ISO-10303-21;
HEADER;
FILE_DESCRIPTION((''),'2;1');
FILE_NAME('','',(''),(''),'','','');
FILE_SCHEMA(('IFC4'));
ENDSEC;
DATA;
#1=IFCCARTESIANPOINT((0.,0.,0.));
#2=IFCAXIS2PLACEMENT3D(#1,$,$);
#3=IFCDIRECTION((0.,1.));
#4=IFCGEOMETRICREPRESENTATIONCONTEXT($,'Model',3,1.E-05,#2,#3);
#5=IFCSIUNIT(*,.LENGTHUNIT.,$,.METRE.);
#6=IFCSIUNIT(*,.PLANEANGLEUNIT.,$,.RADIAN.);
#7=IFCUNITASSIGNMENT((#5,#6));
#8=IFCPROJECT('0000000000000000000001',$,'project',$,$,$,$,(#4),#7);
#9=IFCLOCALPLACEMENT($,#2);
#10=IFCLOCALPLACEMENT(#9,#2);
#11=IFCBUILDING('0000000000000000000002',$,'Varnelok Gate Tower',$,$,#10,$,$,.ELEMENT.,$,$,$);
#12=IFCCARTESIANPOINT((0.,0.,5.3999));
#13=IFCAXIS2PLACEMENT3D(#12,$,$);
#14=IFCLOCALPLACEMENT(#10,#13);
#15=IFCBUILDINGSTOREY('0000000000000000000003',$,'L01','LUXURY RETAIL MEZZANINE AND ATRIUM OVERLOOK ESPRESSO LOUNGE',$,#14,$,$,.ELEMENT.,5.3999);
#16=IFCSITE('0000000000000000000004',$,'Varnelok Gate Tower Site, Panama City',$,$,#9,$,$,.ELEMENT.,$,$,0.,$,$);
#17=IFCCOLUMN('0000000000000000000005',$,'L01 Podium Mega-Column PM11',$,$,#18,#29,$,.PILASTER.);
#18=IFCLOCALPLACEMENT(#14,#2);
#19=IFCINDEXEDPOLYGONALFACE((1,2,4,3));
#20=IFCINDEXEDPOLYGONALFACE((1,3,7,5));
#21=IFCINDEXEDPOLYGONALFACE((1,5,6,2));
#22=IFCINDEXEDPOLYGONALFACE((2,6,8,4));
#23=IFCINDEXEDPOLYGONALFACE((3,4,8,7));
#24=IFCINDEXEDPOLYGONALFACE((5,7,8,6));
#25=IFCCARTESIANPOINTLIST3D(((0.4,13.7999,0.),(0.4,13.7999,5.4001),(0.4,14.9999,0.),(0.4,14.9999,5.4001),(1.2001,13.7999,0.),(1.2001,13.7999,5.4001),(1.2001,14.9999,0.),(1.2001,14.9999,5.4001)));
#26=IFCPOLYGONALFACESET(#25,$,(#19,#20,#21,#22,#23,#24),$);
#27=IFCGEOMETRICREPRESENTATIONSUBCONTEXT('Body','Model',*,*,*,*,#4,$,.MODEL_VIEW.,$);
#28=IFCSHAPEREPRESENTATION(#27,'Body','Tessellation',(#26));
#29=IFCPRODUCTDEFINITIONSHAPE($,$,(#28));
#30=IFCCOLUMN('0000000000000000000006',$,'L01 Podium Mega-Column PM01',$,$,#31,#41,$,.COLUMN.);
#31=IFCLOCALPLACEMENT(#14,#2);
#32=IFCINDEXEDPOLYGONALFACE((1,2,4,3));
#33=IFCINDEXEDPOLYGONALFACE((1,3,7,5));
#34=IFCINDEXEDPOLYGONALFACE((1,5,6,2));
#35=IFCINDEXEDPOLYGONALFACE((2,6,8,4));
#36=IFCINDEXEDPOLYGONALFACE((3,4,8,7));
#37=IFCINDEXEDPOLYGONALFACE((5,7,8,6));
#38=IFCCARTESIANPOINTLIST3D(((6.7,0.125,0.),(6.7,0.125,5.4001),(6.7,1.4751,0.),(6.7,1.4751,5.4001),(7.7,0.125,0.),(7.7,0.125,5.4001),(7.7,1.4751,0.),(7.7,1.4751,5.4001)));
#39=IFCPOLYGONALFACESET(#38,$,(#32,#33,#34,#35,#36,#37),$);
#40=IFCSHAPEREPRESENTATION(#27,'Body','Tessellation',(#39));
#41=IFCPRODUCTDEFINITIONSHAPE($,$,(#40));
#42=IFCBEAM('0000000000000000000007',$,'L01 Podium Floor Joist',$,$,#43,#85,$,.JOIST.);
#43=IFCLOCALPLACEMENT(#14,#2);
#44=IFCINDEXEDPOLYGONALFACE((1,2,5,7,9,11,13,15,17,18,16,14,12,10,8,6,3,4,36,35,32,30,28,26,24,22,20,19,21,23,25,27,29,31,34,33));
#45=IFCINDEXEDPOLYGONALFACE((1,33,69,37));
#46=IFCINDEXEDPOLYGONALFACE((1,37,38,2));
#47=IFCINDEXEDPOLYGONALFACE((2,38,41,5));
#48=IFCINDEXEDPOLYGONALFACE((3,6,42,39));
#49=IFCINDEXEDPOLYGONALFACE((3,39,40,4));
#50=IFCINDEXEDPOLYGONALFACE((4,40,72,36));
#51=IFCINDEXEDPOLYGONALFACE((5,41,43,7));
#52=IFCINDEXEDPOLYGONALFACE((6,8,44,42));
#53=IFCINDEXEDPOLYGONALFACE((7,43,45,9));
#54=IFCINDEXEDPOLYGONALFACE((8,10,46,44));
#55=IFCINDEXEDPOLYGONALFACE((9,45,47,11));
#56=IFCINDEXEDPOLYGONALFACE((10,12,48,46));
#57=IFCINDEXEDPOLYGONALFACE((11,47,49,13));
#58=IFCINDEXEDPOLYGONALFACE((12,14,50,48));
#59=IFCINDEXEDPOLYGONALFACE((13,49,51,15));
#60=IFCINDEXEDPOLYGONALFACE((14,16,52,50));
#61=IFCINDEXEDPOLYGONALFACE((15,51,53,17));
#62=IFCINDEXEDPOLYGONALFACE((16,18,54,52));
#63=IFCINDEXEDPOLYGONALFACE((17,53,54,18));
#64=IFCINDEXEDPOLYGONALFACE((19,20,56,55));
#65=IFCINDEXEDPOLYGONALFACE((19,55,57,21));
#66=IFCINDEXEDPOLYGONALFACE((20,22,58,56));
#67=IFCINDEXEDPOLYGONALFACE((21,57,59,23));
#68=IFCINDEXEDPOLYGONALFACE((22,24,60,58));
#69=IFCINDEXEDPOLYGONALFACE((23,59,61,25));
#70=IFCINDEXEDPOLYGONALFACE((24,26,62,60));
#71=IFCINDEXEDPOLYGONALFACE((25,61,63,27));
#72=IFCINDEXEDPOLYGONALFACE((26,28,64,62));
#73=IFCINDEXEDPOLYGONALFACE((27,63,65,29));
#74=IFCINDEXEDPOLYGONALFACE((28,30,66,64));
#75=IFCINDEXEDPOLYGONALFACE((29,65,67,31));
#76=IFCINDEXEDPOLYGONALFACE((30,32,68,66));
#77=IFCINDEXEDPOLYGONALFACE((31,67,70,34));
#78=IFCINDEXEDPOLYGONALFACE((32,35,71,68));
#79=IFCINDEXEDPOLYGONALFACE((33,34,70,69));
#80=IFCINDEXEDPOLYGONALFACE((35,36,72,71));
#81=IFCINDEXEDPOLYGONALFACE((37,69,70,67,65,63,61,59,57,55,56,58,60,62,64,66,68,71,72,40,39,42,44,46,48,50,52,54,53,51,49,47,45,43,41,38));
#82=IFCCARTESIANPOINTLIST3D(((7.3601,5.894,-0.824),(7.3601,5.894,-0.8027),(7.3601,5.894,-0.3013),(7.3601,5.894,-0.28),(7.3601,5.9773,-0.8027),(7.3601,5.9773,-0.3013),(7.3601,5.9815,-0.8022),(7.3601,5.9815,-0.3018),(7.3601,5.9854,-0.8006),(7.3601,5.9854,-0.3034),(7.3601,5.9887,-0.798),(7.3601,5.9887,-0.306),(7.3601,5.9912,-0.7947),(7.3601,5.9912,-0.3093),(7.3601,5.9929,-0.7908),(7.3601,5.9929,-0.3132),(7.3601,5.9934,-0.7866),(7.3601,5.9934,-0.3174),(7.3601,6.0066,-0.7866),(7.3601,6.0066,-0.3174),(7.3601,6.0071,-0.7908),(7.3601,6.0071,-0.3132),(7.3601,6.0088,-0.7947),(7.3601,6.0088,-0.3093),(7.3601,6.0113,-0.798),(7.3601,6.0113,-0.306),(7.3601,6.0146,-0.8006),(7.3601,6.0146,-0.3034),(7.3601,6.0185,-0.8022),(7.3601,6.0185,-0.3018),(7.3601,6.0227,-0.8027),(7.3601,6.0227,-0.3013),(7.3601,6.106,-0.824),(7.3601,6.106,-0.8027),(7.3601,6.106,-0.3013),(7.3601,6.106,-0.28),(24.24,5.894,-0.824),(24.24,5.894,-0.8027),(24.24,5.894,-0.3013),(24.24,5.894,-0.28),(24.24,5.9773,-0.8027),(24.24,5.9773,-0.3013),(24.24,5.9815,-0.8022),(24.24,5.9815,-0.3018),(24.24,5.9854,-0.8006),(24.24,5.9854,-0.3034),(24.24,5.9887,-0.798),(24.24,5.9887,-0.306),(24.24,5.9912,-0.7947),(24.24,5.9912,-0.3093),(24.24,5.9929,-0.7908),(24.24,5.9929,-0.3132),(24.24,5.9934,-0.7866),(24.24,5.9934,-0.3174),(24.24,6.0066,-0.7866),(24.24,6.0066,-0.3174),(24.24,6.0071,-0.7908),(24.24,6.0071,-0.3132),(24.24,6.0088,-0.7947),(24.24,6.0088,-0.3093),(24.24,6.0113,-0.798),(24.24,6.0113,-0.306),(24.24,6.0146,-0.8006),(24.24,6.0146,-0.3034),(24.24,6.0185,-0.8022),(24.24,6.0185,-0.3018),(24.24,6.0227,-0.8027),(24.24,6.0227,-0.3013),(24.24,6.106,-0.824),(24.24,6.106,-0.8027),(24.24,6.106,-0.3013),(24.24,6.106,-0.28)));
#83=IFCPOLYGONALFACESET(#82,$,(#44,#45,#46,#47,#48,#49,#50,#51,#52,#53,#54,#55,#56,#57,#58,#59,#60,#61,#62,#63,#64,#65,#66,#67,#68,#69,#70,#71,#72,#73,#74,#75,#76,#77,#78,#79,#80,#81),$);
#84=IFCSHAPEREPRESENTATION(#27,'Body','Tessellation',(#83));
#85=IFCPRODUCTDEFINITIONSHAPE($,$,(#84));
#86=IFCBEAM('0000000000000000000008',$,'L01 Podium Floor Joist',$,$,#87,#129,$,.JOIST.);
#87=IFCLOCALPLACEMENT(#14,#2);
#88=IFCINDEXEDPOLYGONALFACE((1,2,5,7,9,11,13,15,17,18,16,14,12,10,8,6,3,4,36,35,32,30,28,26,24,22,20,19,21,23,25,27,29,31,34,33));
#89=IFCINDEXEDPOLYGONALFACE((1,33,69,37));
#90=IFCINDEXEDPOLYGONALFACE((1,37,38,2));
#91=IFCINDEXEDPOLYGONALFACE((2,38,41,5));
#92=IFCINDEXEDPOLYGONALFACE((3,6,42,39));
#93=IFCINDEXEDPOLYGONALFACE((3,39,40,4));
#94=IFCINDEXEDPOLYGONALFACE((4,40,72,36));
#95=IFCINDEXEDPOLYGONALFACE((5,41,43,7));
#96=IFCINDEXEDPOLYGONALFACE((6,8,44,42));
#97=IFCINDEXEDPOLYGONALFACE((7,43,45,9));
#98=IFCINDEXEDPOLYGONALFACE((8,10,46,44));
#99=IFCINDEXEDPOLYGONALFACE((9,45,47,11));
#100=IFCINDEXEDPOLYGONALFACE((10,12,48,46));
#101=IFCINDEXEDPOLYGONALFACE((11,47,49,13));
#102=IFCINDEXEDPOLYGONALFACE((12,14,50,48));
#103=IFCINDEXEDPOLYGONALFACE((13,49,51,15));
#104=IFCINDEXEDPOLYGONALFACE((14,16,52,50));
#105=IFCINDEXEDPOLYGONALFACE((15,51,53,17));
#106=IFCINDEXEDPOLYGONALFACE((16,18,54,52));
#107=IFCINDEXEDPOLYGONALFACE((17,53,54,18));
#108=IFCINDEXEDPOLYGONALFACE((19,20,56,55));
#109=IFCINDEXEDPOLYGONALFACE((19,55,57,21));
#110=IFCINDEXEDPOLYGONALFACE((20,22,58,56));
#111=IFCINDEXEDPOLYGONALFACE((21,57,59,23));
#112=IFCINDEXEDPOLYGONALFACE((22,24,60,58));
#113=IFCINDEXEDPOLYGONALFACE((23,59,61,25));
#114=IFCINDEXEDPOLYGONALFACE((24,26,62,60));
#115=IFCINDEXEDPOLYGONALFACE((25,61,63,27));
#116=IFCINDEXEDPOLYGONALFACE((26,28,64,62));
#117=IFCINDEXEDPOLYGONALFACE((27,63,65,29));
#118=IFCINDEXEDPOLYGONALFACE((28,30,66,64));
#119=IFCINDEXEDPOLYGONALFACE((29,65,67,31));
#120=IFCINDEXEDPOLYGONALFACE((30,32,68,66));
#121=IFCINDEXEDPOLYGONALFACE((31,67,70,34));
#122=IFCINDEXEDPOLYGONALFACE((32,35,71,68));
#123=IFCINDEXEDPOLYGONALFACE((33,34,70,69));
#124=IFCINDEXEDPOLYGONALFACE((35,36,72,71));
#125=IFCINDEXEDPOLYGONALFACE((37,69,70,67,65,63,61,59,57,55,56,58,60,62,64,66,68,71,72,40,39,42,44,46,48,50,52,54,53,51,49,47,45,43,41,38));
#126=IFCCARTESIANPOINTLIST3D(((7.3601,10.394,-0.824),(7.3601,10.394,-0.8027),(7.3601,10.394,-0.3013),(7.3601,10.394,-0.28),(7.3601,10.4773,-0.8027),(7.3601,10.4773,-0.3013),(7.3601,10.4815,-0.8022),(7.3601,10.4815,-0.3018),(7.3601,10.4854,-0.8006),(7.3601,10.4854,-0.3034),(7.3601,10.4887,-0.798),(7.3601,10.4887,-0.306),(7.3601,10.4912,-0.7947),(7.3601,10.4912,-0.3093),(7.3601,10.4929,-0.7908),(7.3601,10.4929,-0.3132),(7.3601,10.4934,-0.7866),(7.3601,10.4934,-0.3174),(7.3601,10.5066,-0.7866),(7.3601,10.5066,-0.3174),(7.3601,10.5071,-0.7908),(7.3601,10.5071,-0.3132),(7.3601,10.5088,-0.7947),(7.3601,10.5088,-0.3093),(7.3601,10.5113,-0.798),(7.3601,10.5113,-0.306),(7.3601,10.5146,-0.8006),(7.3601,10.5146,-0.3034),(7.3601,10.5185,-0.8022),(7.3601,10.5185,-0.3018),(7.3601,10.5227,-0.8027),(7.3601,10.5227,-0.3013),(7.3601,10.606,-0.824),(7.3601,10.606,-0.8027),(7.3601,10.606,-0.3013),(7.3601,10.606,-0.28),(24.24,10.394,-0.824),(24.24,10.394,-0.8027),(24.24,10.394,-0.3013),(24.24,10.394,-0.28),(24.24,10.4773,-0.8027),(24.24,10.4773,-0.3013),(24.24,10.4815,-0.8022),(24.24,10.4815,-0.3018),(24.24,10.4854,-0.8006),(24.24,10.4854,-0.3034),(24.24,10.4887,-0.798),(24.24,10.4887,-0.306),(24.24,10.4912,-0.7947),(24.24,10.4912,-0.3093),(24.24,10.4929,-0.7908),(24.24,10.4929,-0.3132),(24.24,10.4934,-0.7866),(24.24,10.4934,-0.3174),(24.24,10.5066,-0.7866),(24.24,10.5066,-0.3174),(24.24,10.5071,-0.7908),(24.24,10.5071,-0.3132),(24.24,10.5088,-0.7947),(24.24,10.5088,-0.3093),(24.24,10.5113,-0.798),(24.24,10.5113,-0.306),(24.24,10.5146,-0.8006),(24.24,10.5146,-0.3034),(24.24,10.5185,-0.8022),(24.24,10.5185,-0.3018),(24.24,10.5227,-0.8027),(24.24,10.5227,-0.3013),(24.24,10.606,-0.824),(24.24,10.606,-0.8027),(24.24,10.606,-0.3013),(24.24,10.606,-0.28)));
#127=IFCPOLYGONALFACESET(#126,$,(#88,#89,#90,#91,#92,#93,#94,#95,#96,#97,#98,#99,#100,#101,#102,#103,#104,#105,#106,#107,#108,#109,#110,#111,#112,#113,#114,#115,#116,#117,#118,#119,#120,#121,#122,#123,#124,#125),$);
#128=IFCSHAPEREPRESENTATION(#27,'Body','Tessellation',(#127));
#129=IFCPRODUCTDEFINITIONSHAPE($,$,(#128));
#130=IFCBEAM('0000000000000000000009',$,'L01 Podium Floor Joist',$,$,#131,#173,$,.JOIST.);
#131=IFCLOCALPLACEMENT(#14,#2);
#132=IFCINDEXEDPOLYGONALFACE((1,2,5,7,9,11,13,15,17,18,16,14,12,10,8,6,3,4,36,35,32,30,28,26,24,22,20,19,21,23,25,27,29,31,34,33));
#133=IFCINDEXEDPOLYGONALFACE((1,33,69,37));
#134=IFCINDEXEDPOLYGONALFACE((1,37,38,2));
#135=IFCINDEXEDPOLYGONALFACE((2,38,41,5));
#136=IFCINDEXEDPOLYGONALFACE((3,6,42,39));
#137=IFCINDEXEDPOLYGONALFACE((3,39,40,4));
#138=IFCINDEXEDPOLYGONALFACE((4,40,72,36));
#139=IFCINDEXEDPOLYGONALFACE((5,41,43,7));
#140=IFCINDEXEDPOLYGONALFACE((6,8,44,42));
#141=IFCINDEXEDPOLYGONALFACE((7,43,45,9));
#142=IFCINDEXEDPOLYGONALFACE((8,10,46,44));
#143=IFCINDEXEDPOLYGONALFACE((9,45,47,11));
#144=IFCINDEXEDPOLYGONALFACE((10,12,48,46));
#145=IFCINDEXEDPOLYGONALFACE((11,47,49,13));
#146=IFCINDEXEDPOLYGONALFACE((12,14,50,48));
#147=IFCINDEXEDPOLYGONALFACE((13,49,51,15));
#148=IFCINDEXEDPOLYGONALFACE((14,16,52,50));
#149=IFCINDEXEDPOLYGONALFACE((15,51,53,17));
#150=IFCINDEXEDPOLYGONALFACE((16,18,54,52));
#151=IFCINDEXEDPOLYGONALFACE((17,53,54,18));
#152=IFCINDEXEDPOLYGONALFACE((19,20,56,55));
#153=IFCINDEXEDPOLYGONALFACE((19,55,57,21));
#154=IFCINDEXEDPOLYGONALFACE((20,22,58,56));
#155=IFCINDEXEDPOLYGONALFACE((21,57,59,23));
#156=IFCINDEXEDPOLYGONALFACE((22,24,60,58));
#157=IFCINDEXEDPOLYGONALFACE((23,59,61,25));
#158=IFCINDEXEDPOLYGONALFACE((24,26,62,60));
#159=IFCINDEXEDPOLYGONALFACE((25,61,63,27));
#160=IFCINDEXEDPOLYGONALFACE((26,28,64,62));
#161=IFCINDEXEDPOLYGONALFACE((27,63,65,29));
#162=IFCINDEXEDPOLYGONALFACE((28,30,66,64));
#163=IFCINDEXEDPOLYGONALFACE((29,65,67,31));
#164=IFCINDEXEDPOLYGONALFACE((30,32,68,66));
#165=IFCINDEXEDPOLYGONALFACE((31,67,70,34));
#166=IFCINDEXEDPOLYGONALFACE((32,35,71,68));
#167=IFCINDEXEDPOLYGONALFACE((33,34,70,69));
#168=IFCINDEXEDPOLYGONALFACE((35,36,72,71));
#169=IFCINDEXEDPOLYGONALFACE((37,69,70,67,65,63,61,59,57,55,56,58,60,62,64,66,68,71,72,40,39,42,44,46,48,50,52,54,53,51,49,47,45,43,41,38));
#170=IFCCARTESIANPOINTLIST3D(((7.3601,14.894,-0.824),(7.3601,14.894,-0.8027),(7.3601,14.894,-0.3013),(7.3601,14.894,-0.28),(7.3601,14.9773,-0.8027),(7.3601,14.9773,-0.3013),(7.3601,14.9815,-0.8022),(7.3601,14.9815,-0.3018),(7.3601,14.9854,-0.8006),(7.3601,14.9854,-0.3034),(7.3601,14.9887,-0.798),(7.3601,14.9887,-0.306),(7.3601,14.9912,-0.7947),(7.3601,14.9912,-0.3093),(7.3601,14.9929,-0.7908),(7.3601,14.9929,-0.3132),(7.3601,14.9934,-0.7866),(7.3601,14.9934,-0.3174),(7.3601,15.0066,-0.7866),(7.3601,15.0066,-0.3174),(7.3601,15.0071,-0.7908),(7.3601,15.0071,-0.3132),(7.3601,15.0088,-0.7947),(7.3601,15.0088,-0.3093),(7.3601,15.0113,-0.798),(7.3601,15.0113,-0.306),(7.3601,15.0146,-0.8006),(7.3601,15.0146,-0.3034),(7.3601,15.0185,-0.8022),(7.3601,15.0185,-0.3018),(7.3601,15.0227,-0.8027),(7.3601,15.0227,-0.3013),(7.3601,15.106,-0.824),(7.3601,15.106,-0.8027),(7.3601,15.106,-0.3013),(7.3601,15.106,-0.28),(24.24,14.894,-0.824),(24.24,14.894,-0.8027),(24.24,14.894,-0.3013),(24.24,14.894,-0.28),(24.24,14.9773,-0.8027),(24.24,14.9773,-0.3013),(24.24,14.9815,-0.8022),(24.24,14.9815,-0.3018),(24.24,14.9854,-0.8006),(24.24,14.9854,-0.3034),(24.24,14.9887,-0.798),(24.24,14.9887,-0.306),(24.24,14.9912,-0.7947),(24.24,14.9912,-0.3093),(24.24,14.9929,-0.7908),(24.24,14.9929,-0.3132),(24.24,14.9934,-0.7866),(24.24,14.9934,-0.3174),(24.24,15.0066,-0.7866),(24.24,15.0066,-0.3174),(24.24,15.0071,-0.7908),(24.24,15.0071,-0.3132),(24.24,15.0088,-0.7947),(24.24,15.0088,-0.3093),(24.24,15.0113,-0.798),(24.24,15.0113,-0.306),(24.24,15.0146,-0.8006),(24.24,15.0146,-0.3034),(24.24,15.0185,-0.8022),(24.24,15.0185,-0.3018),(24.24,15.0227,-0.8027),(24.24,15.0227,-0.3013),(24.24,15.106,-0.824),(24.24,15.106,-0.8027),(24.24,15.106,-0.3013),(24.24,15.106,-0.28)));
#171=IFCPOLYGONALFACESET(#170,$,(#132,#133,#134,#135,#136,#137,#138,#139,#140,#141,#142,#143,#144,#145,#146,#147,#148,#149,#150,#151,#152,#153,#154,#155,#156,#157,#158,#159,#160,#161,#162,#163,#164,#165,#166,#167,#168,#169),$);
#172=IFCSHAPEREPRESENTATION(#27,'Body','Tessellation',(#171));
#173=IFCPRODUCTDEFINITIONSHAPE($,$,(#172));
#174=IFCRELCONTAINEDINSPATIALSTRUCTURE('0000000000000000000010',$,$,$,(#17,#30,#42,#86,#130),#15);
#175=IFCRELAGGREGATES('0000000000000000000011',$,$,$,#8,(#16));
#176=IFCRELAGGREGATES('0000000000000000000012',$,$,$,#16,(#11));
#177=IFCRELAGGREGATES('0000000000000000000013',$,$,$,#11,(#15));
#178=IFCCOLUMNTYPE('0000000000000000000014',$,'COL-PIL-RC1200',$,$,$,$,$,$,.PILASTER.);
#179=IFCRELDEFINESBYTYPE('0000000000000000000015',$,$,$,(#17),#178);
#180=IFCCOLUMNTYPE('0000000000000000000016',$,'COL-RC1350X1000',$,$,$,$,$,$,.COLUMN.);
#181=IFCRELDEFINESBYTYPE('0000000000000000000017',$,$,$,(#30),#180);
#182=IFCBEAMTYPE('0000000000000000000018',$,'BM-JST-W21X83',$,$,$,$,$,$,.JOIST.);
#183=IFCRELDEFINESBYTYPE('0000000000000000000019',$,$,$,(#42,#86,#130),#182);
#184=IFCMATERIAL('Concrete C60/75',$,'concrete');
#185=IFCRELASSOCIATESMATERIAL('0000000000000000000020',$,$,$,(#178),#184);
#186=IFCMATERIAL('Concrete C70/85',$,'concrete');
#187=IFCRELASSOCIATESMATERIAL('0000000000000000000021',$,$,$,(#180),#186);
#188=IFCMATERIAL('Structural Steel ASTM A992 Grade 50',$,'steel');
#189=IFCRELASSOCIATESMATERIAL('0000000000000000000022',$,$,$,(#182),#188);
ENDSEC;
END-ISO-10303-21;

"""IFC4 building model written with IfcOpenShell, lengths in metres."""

from ifc_helpers import new_model, si_unit, direction, frame, origin, origin_2d, place, context, subcontext, project, spatial, rectangle, i_section, extrude, material, material_profile, profile_set, type_object, element, save


model = new_model("IFC4")

# Units and contexts
model_context = context("Model", 3, precision=1e-05, world=origin(), true_north=direction((0.0, 1.0)))
body_context = subcontext(model_context, "Body", "Model", "MODEL_VIEW")
ifc_project = project(units=[si_unit("LENGTHUNIT", "METRE"), si_unit("PLANEANGLEUNIT", "RADIAN")], contexts=[model_context])

# Site, building, storey
site_placement = place(None, origin())
site = spatial("IfcSite", under=ifc_project, at=site_placement, Name="Varnelok Gate Tower Site, Panama City", CompositionType="ELEMENT", RefElevation=0.0)
building_placement = place(site_placement, origin())
building = spatial("IfcBuilding", under=site, at=building_placement, Name="Varnelok Gate Tower", CompositionType="ELEMENT")
storey_placement = place(building_placement, frame((0.0, 0.0, 5.3999)))
storey = spatial("IfcBuildingStorey", under=building, at=storey_placement, Name="L01", Description="LUXURY RETAIL MEZZANINE AND ATRIUM OVERLOOK ESPRESSO LOUNGE", CompositionType="ELEMENT", Elevation=5.3999)

# Columns
ifc_material_1 = material(Name="Concrete C60/75", Category="concrete")
ifc_material_profile_1 = material_profile(ifc_material_1, rectangle(XDim=0.8, YDim=1.2, at=origin_2d()), Name="RC1200X800")
ifc_profile_set_1 = profile_set([ifc_material_profile_1], Name="Concrete C60/75")
column_type_1 = type_object("IfcColumnType", Name="COL-PIL-RC1200", PredefinedType="PILASTER", material=ifc_profile_set_1)
column_1_placement = place(storey_placement, frame((0.8, 14.3999, 0.0), z_axis=(0.0, 0.0, 1.0), x_axis=(1.0, 0.0, 0.0)))
element("IfcColumn", 1, at=column_1_placement, inside=storey, type_object=column_type_1, Name="L01 Podium Mega-Column PM11", PredefinedType="PILASTER", context=body_context, shape_type="SweptSolid", body=[
    extrude(rectangle(XDim=0.8, YDim=1.2, at=origin_2d()), origin(), (0.0, 0.0, 1.0), 5.4001),
])
ifc_material_2 = material(Name="Concrete C70/85", Category="concrete")
ifc_material_profile_2 = material_profile(ifc_material_2, rectangle(XDim=1.0, YDim=1.3501, at=origin_2d()), Name="RC1350X1000")
ifc_profile_set_2 = profile_set([ifc_material_profile_2], Name="Concrete C70/85")
column_type_2 = type_object("IfcColumnType", Name="COL-RC1350X1000", PredefinedType="COLUMN", material=ifc_profile_set_2)
column_2_placement = place(storey_placement, frame((7.2, 0.8, 0.0), z_axis=(0.0, 0.0, 1.0), x_axis=(1.0, 0.0, 0.0)))
element("IfcColumn", 2, at=column_2_placement, inside=storey, type_object=column_type_2, Name="L01 Podium Mega-Column PM01", PredefinedType="COLUMN", context=body_context, shape_type="SweptSolid", body=[
    extrude(rectangle(XDim=1.0, YDim=1.3501, at=origin_2d()), origin(), (0.0, 0.0, 1.0), 5.4001),
])

# Beams
ifc_material_3 = material(Name="Structural Steel ASTM A992 Grade 50", Category="steel")
ifc_material_profile_3 = material_profile(ifc_material_3, i_section(OverallWidth=0.2119, OverallDepth=0.5439, WebThickness=0.0132, FlangeThickness=0.0212, FilletRadius=0.0161, at=origin_2d()), Name="W21X83")
ifc_profile_set_3 = profile_set([ifc_material_profile_3], Name="Structural Steel ASTM A992 Grade 50")
beam_type_1 = type_object("IfcBeamType", Name="BM-JST-W21X83", PredefinedType="JOIST", material=ifc_profile_set_3)
for number, where, z_axis, x_axis, name in (
    (3, (7.3601, 6.0, -0.552), (1.0, 0.0, 0.0), (0.0, 1.0, 0.0), "L01 Podium Floor Joist"),
    (4, (7.3601, 10.5, -0.552), (1.0, 0.0, 0.0), (0.0, 1.0, 0.0), "L01 Podium Floor Joist"),
    (5, (7.3601, 15.0, -0.552), (1.0, 0.0, 0.0), (0.0, 1.0, 0.0), "L01 Podium Floor Joist"),
):
    element("IfcBeam", number, at=place(storey_placement, frame(where, z_axis=z_axis, x_axis=x_axis)), inside=storey, type_object=beam_type_1, Name=name, PredefinedType="JOIST", context=body_context, shape_type="SweptSolid", body=[
        extrude(i_section(OverallWidth=0.2119, OverallDepth=0.5439, WebThickness=0.0132, FlangeThickness=0.0212, FilletRadius=0.0161, at=origin_2d()), origin(), (0.0, 0.0, 1.0), 16.8799),
    ])

save(model, "model.ifc")
